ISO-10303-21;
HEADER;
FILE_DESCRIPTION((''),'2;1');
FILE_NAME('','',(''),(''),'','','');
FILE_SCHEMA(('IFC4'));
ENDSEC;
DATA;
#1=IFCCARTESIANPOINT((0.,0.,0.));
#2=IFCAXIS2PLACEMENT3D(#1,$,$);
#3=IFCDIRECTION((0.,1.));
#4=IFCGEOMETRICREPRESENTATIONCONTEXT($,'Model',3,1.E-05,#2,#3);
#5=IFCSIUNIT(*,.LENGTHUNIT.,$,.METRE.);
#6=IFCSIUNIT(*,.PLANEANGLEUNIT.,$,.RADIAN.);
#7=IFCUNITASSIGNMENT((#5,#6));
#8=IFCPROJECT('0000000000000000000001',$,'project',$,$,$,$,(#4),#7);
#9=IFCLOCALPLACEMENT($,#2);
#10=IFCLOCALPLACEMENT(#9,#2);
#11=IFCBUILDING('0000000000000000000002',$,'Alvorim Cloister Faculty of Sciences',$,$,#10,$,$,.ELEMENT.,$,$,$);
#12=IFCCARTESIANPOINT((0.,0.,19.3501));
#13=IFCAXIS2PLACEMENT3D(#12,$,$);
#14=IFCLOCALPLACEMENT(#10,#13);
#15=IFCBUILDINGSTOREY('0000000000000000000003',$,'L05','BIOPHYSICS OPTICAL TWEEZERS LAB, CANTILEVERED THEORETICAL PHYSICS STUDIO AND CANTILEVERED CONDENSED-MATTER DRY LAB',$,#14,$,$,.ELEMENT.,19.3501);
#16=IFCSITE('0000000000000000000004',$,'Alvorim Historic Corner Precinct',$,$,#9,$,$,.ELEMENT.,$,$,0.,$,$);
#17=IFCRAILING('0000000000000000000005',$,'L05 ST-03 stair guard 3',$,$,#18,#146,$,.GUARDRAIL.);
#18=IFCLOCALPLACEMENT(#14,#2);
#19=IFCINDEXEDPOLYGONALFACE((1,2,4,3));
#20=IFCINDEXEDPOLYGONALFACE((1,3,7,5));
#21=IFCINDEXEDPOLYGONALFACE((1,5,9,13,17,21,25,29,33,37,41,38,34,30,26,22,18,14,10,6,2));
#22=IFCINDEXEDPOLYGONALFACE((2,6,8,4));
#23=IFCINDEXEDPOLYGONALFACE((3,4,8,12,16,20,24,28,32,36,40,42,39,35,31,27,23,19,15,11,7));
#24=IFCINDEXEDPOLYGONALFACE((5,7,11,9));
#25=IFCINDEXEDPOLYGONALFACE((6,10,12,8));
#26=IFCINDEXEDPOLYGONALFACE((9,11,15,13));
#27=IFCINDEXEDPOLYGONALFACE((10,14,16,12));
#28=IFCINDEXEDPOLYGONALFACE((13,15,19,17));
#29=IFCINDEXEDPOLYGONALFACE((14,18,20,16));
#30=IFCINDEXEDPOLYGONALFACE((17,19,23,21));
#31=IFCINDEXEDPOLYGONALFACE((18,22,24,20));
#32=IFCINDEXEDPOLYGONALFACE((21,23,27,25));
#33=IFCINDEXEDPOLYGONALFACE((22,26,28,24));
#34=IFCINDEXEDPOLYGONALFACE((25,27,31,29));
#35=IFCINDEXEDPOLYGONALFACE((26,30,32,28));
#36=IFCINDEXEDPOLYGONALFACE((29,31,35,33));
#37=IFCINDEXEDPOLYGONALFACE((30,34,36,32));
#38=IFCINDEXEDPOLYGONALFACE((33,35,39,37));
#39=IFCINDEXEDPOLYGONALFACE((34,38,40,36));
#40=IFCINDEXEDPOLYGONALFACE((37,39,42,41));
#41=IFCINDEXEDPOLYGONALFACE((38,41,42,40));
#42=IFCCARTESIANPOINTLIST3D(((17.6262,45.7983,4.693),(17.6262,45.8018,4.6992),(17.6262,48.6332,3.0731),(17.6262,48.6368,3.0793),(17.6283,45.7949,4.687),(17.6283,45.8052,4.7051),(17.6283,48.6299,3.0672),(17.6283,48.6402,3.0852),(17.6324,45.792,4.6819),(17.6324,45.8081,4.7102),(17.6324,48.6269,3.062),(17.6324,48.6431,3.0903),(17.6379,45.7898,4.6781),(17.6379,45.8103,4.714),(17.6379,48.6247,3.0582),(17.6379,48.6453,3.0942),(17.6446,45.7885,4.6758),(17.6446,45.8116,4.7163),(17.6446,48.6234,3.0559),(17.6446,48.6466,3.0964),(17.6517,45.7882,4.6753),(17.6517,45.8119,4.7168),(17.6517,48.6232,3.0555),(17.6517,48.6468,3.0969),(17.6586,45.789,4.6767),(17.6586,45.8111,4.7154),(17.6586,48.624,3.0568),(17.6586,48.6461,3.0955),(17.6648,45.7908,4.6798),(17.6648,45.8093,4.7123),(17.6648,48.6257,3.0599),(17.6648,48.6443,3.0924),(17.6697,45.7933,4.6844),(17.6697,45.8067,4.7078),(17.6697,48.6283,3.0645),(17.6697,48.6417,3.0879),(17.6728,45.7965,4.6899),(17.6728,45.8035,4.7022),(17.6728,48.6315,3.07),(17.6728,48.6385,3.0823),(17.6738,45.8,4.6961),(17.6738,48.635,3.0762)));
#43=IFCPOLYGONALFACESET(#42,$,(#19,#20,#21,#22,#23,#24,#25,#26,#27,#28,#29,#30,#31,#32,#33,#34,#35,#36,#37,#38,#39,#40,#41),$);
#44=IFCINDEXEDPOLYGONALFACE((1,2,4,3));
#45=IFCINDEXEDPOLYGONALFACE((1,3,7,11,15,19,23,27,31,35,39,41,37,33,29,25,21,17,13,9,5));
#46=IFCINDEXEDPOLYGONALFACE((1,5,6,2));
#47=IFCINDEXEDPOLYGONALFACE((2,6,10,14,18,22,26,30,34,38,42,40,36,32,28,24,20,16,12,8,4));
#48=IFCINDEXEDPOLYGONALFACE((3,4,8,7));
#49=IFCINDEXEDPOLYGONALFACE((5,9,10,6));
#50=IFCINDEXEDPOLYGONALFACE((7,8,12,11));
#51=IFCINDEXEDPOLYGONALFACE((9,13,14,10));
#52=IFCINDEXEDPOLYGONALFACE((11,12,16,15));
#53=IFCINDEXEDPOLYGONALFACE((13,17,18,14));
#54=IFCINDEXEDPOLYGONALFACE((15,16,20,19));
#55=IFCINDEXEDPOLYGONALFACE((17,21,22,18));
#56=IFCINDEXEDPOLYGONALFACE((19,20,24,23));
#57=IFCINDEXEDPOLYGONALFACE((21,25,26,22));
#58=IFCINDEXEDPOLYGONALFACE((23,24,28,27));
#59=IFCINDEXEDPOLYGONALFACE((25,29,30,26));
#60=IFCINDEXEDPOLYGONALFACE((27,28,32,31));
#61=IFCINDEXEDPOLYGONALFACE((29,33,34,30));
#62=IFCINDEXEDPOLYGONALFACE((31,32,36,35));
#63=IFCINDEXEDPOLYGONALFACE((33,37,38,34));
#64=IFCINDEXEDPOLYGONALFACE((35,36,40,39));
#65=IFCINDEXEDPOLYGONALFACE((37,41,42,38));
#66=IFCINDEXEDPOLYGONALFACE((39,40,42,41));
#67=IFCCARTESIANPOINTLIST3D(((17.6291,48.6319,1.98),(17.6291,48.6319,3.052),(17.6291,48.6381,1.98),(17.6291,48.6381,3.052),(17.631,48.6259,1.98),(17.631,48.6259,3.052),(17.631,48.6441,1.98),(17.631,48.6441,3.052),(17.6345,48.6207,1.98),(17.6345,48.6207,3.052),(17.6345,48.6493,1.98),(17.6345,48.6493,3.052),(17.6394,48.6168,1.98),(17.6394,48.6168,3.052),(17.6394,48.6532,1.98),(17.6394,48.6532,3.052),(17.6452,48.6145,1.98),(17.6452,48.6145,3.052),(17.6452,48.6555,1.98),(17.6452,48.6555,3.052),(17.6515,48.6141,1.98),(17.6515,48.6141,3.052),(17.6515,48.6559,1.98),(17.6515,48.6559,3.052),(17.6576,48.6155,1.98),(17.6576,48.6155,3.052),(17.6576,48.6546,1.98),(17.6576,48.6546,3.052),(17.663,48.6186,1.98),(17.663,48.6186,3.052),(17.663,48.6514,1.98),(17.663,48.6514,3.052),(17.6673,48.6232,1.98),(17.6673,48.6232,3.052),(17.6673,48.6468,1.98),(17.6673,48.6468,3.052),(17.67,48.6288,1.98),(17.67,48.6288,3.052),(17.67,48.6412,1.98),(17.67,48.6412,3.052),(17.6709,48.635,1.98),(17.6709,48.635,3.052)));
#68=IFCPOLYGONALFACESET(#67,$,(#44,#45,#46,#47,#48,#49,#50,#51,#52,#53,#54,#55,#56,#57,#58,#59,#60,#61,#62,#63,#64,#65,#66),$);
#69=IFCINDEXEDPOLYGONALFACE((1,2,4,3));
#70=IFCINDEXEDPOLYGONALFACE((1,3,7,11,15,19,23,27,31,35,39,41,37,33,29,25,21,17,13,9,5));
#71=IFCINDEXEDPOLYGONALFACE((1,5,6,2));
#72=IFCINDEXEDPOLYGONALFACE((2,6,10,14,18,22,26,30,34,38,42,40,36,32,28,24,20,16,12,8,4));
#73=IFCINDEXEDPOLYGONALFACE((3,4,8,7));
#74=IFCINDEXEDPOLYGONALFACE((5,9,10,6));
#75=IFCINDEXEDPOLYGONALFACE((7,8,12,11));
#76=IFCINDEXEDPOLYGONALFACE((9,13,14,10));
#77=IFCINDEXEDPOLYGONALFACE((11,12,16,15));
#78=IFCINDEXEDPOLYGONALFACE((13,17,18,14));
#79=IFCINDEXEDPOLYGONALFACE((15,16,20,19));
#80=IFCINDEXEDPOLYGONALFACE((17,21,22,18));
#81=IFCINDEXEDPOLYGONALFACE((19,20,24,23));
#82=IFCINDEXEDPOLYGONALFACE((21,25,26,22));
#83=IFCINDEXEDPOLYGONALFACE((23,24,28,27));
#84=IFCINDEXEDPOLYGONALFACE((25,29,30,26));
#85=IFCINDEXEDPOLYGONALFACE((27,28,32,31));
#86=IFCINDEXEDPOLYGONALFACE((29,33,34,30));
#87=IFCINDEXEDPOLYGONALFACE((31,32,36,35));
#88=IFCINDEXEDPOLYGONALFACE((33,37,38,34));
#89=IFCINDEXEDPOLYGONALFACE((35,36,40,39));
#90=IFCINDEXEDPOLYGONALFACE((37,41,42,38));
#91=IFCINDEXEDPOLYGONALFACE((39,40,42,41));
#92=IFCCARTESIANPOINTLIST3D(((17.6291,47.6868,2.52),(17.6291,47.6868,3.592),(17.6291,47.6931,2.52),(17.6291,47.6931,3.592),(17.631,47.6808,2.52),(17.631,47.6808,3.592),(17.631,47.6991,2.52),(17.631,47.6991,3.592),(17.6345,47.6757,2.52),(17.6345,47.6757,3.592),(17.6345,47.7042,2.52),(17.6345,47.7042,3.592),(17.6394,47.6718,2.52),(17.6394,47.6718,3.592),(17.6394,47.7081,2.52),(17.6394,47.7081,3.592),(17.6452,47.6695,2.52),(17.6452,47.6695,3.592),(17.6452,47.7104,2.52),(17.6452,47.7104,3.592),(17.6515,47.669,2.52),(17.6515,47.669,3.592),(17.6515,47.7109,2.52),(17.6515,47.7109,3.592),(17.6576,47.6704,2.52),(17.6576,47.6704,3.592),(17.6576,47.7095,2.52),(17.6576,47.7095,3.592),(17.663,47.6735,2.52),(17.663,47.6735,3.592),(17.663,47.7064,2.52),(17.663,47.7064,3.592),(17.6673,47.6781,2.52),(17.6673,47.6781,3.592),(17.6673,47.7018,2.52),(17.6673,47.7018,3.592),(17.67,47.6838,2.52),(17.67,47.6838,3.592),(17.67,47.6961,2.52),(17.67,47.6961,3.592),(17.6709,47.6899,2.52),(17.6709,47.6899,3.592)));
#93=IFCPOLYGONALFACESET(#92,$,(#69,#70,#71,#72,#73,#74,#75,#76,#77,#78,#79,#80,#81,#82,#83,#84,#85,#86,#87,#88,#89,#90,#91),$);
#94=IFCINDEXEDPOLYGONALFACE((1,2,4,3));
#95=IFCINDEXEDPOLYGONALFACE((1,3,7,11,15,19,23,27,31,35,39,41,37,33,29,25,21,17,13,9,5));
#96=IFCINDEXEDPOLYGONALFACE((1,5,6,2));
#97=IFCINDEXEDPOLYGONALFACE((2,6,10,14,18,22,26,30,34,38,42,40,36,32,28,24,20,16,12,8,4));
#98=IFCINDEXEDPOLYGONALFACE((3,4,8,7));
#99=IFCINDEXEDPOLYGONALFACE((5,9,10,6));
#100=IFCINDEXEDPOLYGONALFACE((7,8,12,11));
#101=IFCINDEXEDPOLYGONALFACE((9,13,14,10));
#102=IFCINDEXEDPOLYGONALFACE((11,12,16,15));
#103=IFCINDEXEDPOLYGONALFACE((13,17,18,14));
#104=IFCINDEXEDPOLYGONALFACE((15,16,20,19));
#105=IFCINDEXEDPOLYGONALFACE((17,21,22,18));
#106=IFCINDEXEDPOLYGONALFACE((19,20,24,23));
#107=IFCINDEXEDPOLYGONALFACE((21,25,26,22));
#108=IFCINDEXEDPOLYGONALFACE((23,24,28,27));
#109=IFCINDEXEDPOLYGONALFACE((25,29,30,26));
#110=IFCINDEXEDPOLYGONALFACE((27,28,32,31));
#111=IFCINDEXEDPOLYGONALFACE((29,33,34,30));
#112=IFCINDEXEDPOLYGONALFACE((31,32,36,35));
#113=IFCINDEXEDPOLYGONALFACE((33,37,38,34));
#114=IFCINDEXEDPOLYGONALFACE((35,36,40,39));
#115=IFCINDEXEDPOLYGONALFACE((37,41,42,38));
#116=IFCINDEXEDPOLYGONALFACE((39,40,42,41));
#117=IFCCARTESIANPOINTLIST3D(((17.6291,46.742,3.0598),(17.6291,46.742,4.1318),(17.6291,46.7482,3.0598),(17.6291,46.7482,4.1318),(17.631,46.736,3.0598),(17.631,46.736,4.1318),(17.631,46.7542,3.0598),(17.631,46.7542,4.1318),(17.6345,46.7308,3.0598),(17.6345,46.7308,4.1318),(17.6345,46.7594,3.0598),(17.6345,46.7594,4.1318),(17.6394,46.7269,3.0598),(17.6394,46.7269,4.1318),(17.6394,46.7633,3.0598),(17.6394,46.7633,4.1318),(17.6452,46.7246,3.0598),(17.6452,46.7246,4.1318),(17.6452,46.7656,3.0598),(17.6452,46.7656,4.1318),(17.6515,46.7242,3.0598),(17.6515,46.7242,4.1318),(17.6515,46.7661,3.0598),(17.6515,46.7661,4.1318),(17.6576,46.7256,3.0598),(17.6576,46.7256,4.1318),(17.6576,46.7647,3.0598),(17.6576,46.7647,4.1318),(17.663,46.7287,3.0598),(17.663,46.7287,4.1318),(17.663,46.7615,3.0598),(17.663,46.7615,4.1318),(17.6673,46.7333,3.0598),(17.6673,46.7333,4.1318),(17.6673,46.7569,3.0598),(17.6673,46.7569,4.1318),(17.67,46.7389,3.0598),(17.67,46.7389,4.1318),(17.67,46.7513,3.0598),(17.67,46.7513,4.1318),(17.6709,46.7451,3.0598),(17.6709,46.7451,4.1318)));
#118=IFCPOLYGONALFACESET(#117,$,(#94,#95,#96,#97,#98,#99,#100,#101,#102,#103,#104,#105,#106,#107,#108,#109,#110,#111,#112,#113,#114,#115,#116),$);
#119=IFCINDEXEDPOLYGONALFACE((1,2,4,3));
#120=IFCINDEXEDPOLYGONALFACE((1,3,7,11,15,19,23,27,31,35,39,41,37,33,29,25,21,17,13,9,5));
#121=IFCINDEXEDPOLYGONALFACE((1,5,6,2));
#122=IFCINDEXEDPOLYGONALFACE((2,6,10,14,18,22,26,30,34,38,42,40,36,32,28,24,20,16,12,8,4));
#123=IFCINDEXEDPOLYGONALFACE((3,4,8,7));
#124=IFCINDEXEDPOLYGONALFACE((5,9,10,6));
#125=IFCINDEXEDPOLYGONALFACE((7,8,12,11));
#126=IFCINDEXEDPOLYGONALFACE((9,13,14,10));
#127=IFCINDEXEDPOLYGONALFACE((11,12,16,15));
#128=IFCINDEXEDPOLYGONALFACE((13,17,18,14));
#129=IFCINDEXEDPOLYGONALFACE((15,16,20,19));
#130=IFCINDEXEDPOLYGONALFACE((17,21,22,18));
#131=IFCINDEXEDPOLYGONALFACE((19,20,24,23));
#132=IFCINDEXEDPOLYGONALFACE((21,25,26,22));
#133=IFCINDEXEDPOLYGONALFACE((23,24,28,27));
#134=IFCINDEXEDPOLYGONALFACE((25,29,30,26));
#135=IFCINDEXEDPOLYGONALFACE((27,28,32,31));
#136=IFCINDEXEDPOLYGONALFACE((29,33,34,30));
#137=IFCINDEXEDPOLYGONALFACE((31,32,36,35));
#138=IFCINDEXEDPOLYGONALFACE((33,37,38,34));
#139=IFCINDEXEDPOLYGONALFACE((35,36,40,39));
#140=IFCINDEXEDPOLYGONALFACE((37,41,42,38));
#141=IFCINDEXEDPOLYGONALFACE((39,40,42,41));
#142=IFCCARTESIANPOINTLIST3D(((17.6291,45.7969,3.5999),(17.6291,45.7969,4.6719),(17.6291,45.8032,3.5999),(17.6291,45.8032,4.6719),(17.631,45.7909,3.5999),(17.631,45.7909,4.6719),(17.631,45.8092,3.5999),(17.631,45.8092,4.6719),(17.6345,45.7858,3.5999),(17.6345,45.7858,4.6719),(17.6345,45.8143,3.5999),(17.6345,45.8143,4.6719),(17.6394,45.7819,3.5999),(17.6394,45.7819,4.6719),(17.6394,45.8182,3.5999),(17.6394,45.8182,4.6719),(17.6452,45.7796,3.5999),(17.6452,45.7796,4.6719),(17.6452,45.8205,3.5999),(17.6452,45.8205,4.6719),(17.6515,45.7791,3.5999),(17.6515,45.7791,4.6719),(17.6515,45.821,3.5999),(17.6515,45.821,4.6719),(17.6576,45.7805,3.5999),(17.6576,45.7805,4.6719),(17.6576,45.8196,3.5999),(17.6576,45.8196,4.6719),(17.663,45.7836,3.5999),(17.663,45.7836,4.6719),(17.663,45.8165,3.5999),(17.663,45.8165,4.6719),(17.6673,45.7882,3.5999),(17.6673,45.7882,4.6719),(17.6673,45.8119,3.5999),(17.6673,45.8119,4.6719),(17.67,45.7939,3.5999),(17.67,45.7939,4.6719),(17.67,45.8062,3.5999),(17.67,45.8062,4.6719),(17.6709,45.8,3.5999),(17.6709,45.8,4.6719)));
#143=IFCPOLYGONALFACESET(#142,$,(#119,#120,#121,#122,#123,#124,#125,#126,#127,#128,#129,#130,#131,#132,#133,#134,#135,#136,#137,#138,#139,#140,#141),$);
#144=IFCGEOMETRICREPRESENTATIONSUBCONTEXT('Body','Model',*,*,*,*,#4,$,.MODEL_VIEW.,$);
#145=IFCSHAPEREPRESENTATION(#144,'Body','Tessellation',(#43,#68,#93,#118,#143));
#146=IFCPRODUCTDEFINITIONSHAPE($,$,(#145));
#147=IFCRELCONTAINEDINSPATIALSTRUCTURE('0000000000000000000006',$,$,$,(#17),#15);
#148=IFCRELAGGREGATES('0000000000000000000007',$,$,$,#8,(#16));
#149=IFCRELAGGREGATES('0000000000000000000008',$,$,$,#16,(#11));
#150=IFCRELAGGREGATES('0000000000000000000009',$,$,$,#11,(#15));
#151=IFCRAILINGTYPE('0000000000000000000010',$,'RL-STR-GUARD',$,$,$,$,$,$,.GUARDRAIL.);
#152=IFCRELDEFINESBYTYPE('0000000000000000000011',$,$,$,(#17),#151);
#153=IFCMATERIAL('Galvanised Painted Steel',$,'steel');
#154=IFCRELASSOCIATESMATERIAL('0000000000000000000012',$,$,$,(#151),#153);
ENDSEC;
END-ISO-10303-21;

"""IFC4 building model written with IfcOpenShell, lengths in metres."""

from ifc_helpers import new_model, si_unit, direction, frame, origin, origin_2d, place, context, subcontext, project, spatial, circle, extrude, material, type_object, element, save


model = new_model("IFC4")

# Units and contexts
model_context = context("Model", 3, precision=1e-05, world=origin(), true_north=direction((0.0, 1.0)))
body_context = subcontext(model_context, "Body", "Model", "MODEL_VIEW")
ifc_project = project(units=[si_unit("LENGTHUNIT", "METRE"), si_unit("PLANEANGLEUNIT", "RADIAN")], contexts=[model_context])

# Site, building, storey
site_placement = place(None, origin())
site = spatial("IfcSite", under=ifc_project, at=site_placement, Name="Alvorim Historic Corner Precinct", CompositionType="ELEMENT", RefElevation=0.0)
building_placement = place(site_placement, origin())
building = spatial("IfcBuilding", under=site, at=building_placement, Name="Alvorim Cloister Faculty of Sciences", CompositionType="ELEMENT")
storey_placement = place(building_placement, frame((0.0, 0.0, 19.3501)))
storey = spatial("IfcBuildingStorey", under=building, at=storey_placement, Name="L05", Description="BIOPHYSICS OPTICAL TWEEZERS LAB, CANTILEVERED THEORETICAL PHYSICS STUDIO AND CANTILEVERED CONDENSED-MATTER DRY LAB", CompositionType="ELEMENT", Elevation=19.3501)

# Railing
ifc_material_1 = material(Name="Galvanised Painted Steel", Category="steel")
railing_type_1 = type_object("IfcRailingType", Name="RL-STR-GUARD", PredefinedType="GUARDRAIL", material=ifc_material_1)
railing_1_placement = place(storey_placement, frame((17.6499, 48.635, 1.98)))
element("IfcRailing", 1, at=railing_1_placement, inside=storey, type_object=railing_type_1, Name="L05 ST-03 stair guard 3", PredefinedType="GUARDRAIL", context=body_context, shape_type="SweptSolid", body=[
    extrude(circle(Radius=0.0239, at=origin_2d()), frame((0.0, 0.0, 1.0962), z_axis=(0.0, -0.868257, 0.496115), x_axis=(1.0, 0.0, 0.0)), (0.0, 0.0, 1.0), 3.2651),
    extrude(circle(Radius=0.021, at=origin_2d()), origin(), (0.0, 0.0, 1.0), 1.072),
    extrude(circle(Radius=0.021, at=origin_2d()), frame((0.0, -0.9451, 0.54)), (0.0, 0.0, 1.0), 1.072),
    extrude(circle(Radius=0.021, at=origin_2d()), frame((0.0, -1.8899, 1.0798)), (0.0, 0.0, 1.0), 1.072),
    extrude(circle(Radius=0.021, at=origin_2d()), frame((0.0, -2.835, 1.6199)), (0.0, 0.0, 1.0), 1.072),
])

save(model, "model.ifc")
